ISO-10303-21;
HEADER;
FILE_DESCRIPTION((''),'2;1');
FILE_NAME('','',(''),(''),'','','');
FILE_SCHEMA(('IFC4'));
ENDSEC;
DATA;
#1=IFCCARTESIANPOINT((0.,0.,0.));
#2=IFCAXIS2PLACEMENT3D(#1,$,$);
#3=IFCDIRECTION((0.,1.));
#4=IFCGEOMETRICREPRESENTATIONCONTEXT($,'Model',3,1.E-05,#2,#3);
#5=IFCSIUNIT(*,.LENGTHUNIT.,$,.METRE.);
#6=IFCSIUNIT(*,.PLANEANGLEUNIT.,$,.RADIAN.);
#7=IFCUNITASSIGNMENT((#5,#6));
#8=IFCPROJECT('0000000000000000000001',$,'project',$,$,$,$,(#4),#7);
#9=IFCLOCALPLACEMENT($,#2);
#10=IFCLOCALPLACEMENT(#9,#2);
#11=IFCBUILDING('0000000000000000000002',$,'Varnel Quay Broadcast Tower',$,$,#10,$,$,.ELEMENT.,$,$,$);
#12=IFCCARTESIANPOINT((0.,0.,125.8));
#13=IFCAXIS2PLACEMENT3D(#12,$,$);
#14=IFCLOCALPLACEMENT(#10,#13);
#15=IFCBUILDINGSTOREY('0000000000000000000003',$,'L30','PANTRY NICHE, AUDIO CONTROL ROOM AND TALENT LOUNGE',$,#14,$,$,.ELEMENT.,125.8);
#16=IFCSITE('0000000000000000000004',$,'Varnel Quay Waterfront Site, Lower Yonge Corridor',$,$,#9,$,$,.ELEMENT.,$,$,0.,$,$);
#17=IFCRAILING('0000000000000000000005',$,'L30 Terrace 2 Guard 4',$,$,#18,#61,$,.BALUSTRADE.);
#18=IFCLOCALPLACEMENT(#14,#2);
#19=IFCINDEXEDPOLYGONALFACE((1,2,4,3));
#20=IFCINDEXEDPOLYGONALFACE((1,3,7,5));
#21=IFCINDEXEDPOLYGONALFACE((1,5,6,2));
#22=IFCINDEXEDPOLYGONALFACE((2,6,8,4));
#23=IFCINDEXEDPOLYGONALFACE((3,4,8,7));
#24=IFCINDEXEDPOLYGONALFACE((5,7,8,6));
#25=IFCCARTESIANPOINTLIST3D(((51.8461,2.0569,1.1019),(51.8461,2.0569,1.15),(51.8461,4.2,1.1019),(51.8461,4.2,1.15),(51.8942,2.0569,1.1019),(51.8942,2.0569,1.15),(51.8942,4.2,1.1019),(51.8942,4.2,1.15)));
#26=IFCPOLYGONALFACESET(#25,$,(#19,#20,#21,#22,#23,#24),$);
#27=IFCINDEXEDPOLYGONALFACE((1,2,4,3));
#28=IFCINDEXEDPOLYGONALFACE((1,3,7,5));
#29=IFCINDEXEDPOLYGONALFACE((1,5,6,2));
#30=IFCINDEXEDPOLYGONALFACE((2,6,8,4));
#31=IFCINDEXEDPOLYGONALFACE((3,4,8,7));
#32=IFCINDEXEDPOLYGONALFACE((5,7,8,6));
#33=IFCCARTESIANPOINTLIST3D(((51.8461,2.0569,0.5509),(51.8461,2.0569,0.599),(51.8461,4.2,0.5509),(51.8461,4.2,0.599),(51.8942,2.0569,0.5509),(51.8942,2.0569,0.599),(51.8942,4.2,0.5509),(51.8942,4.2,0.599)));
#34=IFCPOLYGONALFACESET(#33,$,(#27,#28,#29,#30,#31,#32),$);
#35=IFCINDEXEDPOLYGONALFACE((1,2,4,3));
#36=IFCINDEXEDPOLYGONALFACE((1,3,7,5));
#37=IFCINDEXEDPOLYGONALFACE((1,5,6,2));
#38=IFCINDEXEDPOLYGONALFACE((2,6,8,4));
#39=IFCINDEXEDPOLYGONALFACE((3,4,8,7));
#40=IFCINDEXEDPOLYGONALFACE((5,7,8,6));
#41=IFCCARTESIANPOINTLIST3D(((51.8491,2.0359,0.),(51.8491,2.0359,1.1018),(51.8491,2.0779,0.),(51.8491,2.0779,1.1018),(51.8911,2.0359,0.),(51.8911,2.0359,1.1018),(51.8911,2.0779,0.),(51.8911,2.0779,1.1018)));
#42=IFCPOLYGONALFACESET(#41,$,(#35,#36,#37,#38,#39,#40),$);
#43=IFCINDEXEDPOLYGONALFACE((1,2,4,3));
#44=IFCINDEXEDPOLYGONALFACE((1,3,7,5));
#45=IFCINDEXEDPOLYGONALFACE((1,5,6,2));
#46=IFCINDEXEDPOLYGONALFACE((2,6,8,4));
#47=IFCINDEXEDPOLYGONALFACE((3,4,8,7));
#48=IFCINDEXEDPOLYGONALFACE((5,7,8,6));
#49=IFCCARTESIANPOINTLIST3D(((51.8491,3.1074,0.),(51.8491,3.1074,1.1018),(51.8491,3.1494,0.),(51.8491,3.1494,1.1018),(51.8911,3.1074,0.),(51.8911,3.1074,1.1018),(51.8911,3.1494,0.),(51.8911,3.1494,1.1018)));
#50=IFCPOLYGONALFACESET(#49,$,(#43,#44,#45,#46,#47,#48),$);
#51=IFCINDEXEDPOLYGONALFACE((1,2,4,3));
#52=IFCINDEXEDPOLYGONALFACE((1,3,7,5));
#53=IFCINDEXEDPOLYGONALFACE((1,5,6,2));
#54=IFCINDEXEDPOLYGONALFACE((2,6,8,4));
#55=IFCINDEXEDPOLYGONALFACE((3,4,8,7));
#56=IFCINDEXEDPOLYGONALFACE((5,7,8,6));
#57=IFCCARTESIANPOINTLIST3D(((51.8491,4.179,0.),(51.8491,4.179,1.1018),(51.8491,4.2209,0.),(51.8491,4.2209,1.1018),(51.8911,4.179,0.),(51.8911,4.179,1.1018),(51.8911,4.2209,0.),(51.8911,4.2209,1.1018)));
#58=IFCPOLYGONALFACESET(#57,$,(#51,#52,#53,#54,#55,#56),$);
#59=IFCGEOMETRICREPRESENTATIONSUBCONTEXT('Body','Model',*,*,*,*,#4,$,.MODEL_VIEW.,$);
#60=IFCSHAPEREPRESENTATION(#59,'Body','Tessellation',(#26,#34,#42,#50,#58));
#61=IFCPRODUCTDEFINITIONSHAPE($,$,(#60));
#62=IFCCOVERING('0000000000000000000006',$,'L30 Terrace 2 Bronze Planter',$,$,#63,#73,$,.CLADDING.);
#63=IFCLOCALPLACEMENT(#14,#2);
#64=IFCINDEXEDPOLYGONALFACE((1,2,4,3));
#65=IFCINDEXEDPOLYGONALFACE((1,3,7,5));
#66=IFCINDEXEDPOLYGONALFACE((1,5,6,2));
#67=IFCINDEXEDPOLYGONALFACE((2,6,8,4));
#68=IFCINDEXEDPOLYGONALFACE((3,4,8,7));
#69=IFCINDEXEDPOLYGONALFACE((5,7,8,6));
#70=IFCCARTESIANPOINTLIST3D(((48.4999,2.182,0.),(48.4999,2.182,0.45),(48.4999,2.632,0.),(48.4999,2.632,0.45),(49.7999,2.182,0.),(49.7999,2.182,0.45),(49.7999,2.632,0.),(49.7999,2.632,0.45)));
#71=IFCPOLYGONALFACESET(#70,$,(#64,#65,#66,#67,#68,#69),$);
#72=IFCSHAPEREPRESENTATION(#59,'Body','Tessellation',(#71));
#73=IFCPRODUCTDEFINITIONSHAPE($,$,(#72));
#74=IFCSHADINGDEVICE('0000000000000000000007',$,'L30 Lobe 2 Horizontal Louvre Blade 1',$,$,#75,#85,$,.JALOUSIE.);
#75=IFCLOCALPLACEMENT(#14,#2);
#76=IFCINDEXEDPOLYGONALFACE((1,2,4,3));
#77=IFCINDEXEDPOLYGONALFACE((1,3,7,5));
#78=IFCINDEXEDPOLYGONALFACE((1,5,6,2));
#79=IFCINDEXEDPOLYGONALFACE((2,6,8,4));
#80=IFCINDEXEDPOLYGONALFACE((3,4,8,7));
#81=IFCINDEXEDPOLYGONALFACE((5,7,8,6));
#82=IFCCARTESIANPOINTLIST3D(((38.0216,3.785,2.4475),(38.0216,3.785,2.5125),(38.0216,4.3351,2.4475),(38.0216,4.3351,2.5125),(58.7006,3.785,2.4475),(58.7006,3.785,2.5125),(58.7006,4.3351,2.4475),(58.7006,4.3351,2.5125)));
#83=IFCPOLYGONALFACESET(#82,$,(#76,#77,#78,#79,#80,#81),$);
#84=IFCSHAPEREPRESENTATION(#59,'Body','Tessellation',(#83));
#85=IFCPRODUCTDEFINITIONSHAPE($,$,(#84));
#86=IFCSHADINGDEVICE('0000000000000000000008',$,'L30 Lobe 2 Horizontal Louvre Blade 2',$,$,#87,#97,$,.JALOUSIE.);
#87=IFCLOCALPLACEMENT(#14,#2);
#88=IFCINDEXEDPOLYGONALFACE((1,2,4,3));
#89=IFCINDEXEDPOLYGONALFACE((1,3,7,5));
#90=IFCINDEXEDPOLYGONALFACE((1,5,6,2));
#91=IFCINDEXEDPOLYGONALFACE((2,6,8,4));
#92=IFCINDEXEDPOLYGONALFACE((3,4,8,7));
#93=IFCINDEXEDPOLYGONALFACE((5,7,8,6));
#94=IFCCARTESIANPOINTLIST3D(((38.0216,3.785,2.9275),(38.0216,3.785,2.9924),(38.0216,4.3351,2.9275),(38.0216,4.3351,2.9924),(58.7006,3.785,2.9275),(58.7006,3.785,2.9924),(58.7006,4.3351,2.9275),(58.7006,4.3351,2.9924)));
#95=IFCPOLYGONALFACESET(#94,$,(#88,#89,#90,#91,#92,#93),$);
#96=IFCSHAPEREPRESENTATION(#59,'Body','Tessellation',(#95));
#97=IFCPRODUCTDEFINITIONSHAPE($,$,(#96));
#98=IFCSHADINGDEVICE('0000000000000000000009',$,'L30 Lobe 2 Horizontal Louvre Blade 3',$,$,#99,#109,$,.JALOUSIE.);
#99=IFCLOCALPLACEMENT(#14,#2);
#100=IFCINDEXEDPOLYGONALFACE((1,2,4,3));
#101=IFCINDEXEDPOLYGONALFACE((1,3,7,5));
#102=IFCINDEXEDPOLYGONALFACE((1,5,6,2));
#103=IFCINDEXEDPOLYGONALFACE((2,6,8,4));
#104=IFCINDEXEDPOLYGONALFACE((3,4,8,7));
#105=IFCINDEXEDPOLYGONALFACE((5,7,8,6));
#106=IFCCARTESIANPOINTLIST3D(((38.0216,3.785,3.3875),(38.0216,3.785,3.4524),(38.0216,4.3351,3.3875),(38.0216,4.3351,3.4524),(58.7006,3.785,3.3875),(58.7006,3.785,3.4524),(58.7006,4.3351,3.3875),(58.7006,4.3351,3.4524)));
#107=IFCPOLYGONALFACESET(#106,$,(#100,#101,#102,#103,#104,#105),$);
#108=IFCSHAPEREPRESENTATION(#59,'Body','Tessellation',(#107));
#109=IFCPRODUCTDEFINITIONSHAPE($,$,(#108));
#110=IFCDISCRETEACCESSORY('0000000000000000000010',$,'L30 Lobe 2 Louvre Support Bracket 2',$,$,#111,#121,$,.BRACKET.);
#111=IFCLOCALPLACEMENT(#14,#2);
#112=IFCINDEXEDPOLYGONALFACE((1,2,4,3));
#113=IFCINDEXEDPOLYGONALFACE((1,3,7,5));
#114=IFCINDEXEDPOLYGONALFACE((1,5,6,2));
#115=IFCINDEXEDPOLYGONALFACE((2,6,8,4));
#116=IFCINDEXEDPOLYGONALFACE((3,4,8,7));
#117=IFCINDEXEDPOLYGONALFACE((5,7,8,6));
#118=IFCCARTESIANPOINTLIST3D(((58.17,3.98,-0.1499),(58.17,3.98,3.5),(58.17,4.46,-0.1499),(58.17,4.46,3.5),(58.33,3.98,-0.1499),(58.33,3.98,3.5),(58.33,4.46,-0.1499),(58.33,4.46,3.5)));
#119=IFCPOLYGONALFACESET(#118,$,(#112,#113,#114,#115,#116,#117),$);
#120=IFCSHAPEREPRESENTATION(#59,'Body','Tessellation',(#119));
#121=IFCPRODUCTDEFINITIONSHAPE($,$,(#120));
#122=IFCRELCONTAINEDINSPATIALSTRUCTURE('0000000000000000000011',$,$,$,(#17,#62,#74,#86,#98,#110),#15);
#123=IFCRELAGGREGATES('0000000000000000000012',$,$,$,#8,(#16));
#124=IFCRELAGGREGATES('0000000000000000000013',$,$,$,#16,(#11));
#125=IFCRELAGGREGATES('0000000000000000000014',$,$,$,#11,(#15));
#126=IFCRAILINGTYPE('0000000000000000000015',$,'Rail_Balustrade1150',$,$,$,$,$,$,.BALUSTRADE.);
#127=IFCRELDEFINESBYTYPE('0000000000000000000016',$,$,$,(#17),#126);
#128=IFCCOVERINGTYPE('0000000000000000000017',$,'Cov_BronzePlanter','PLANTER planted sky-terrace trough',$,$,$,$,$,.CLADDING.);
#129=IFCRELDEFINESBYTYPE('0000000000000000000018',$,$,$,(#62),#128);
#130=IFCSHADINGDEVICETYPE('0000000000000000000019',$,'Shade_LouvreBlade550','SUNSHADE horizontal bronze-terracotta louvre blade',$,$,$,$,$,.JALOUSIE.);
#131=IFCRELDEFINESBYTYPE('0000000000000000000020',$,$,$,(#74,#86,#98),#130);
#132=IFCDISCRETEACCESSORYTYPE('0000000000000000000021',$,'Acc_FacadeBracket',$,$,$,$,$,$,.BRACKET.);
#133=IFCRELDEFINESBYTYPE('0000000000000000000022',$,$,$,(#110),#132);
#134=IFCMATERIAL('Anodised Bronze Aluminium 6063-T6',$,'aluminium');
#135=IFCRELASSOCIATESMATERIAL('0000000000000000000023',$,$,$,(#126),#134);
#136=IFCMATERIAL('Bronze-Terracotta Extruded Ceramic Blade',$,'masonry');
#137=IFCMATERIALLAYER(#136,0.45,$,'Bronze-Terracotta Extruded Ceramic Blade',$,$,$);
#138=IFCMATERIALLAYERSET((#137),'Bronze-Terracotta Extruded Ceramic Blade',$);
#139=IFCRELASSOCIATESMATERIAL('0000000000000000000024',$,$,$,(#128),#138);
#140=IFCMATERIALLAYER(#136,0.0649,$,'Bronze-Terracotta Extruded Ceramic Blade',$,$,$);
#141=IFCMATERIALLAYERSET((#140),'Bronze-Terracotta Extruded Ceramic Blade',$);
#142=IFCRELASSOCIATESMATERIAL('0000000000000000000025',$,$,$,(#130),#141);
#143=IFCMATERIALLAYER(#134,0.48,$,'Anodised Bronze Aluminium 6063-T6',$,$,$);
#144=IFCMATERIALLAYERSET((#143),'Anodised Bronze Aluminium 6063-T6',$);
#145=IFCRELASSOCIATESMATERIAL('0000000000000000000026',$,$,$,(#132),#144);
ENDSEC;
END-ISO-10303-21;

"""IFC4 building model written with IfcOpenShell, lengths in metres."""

from ifc_helpers import new_model, si_unit, direction, frame, origin, origin_2d, place, context, subcontext, project, spatial, rectangle, extrude, source, transform, mapped, material, layer, layer_set, type_object, type_shapes, element, save


model = new_model("IFC4")

# Units and contexts
model_context = context("Model", 3, precision=1e-05, world=origin(), true_north=direction((0.0, 1.0)))
body_context = subcontext(model_context, "Body", "Model", "MODEL_VIEW")
ifc_project = project(units=[si_unit("LENGTHUNIT", "METRE"), si_unit("PLANEANGLEUNIT", "RADIAN")], contexts=[model_context])

# Site, building, storey
site_placement = place(None, origin())
site = spatial("IfcSite", under=ifc_project, at=site_placement, Name="Varnel Quay Waterfront Site, Lower Yonge Corridor", CompositionType="ELEMENT", RefElevation=0.0)
building_placement = place(site_placement, origin())
building = spatial("IfcBuilding", under=site, at=building_placement, Name="Varnel Quay Broadcast Tower", CompositionType="ELEMENT")
storey_placement = place(building_placement, frame((0.0, 0.0, 125.8)))
storey = spatial("IfcBuildingStorey", under=building, at=storey_placement, Name="L30", Description="PANTRY NICHE, AUDIO CONTROL ROOM AND TALENT LOUNGE", CompositionType="ELEMENT", Elevation=125.8)

# Shared definitions
ifc_material_1 = material(Name="Anodised Bronze Aluminium 6063-T6", Category="aluminium")

# Railing
railing_type = type_object("IfcRailingType", Name="Rail_Balustrade1150", PredefinedType="BALUSTRADE", material=ifc_material_1)
railing_1_placement = place(storey_placement, frame((51.8701, 2.0569, 0.0)))
element("IfcRailing", 1, at=railing_1_placement, inside=storey, type_object=railing_type, Name="L30 Terrace 2 Guard 4", PredefinedType="BALUSTRADE", context=body_context, shape_type="SweptSolid", body=[
    extrude(rectangle(XDim=0.0481, YDim=0.0481, at=origin_2d()), frame((0.0, 0.0, 1.126), z_axis=(0.0, 1.0, 0.0), x_axis=(-1.0, 0.0, 0.0)), (0.0, 0.0, 1.0), 2.1431),
    extrude(rectangle(XDim=0.0481, YDim=0.0481, at=origin_2d()), frame((0.0, 0.0, 0.575), z_axis=(0.0, 1.0, 0.0), x_axis=(-1.0, 0.0, 0.0)), (0.0, 0.0, 1.0), 2.1431),
    extrude(rectangle(XDim=0.042, YDim=0.042, at=origin_2d()), origin(), (0.0, 0.0, 1.0), 1.1018),
    extrude(rectangle(XDim=0.042, YDim=0.042, at=origin_2d()), frame((0.0, 1.0715, 0.0)), (0.0, 0.0, 1.0), 1.1018),
    extrude(rectangle(XDim=0.042, YDim=0.042, at=origin_2d()), frame((0.0, 2.1431, 0.0)), (0.0, 0.0, 1.0), 1.1018),
])

# Covering
ifc_material_2 = material(Name="Bronze-Terracotta Extruded Ceramic Blade", Category="masonry")
ifc_layer_1 = layer(ifc_material_2, 0.45, Name="Bronze-Terracotta Extruded Ceramic Blade")
ifc_layer_set_1 = layer_set([ifc_layer_1], Name="Bronze-Terracotta Extruded Ceramic Blade")
covering_type = type_object("IfcCoveringType", Name="Cov_BronzePlanter", Description="PLANTER planted sky-terrace trough", PredefinedType="CLADDING", material=ifc_layer_set_1)
shared_shape_1 = source(origin(), body_context, "Body", "SweptSolid", [
    extrude(rectangle(XDim=1.3, YDim=0.45, at=origin_2d()), origin(), (0.0, 0.0, 1.0), 0.45),
])
type_shapes(covering_type, [shared_shape_1])
covering_placement = place(storey_placement, frame((49.1499, 2.407, 0.0), z_axis=(0.0, 0.0, 1.0), x_axis=(1.0, 0.0, 0.0)))
element("IfcCovering", 2, at=covering_placement, inside=storey, type_object=covering_type, Name="L30 Terrace 2 Bronze Planter", PredefinedType="CLADDING", context=body_context, shape_type="MappedRepresentation", body=[
    mapped(shared_shape_1, transform((0.0, 0.0, 0.0), x_axis=(1.0, 0.0, 0.0), y_axis=(0.0, 1.0, 0.0), z_axis=(0.0, 0.0, 1.0), scale=1.0)),
])

# Shading devices
ifc_layer_2 = layer(ifc_material_2, 0.0649, Name="Bronze-Terracotta Extruded Ceramic Blade")
ifc_layer_set_2 = layer_set([ifc_layer_2], Name="Bronze-Terracotta Extruded Ceramic Blade")
shading_device_type = type_object("IfcShadingDeviceType", Name="Shade_LouvreBlade550", Description="SUNSHADE horizontal bronze-terracotta louvre blade", PredefinedType="JALOUSIE", material=ifc_layer_set_2)
shared_shape_2 = source(origin(), body_context, "Body", "SweptSolid", [
    extrude(rectangle(XDim=20.679, YDim=0.55, at=origin_2d()), origin(), (0.0, 0.0, 1.0), 0.0649),
])
type_shapes(shading_device_type, [shared_shape_2])
for number, where, z_axis, x_axis, name in (
    (3, (48.3611, 4.0601, 2.4475), (0.0, 0.0, 1.0), (1.0, 0.0, 0.0), "L30 Lobe 2 Horizontal Louvre Blade 1"),
    (4, (48.3611, 4.0601, 2.9275), (0.0, 0.0, 1.0), (1.0, 0.0, 0.0), "L30 Lobe 2 Horizontal Louvre Blade 2"),
    (5, (48.3611, 4.0601, 3.3875), (0.0, 0.0, 1.0), (1.0, 0.0, 0.0), "L30 Lobe 2 Horizontal Louvre Blade 3"),
):
    element("IfcShadingDevice", number, at=place(storey_placement, frame(where, z_axis=z_axis, x_axis=x_axis)), inside=storey, type_object=shading_device_type, Name=name, PredefinedType="JALOUSIE", context=body_context, shape_type="MappedRepresentation", body=[
        mapped(shared_shape_2, transform((0.0, 0.0, 0.0), x_axis=(1.0, 0.0, 0.0), y_axis=(0.0, 1.0, 0.0), z_axis=(0.0, 0.0, 1.0), scale=1.0)),
    ])

# Discrete accessory
ifc_layer_3 = layer(ifc_material_1, 0.48, Name="Anodised Bronze Aluminium 6063-T6")
ifc_layer_set_3 = layer_set([ifc_layer_3], Name="Anodised Bronze Aluminium 6063-T6")
discrete_accessory_type = type_object("IfcDiscreteAccessoryType", Name="Acc_FacadeBracket", PredefinedType="BRACKET", material=ifc_layer_set_3)
shared_shape_3 = source(origin(), body_context, "Body", "SweptSolid", [
    extrude(rectangle(XDim=0.1599, YDim=0.48, at=origin_2d()), origin(), (0.0, 0.0, 1.0), 3.6499),
])
type_shapes(discrete_accessory_type, [shared_shape_3])
discrete_accessory_placement = place(storey_placement, frame((58.25, 4.22, -0.1499), z_axis=(0.0, 0.0, 1.0), x_axis=(1.0, 0.0, 0.0)))
element("IfcDiscreteAccessory", 6, at=discrete_accessory_placement, inside=storey, type_object=discrete_accessory_type, Name="L30 Lobe 2 Louvre Support Bracket 2", PredefinedType="BRACKET", context=body_context, shape_type="MappedRepresentation", body=[
    mapped(shared_shape_3, transform((0.0, 0.0, 0.0), x_axis=(1.0, 0.0, 0.0), y_axis=(0.0, 1.0, 0.0), z_axis=(0.0, 0.0, 1.0), scale=1.0)),
])

save(model, "model.ifc")
